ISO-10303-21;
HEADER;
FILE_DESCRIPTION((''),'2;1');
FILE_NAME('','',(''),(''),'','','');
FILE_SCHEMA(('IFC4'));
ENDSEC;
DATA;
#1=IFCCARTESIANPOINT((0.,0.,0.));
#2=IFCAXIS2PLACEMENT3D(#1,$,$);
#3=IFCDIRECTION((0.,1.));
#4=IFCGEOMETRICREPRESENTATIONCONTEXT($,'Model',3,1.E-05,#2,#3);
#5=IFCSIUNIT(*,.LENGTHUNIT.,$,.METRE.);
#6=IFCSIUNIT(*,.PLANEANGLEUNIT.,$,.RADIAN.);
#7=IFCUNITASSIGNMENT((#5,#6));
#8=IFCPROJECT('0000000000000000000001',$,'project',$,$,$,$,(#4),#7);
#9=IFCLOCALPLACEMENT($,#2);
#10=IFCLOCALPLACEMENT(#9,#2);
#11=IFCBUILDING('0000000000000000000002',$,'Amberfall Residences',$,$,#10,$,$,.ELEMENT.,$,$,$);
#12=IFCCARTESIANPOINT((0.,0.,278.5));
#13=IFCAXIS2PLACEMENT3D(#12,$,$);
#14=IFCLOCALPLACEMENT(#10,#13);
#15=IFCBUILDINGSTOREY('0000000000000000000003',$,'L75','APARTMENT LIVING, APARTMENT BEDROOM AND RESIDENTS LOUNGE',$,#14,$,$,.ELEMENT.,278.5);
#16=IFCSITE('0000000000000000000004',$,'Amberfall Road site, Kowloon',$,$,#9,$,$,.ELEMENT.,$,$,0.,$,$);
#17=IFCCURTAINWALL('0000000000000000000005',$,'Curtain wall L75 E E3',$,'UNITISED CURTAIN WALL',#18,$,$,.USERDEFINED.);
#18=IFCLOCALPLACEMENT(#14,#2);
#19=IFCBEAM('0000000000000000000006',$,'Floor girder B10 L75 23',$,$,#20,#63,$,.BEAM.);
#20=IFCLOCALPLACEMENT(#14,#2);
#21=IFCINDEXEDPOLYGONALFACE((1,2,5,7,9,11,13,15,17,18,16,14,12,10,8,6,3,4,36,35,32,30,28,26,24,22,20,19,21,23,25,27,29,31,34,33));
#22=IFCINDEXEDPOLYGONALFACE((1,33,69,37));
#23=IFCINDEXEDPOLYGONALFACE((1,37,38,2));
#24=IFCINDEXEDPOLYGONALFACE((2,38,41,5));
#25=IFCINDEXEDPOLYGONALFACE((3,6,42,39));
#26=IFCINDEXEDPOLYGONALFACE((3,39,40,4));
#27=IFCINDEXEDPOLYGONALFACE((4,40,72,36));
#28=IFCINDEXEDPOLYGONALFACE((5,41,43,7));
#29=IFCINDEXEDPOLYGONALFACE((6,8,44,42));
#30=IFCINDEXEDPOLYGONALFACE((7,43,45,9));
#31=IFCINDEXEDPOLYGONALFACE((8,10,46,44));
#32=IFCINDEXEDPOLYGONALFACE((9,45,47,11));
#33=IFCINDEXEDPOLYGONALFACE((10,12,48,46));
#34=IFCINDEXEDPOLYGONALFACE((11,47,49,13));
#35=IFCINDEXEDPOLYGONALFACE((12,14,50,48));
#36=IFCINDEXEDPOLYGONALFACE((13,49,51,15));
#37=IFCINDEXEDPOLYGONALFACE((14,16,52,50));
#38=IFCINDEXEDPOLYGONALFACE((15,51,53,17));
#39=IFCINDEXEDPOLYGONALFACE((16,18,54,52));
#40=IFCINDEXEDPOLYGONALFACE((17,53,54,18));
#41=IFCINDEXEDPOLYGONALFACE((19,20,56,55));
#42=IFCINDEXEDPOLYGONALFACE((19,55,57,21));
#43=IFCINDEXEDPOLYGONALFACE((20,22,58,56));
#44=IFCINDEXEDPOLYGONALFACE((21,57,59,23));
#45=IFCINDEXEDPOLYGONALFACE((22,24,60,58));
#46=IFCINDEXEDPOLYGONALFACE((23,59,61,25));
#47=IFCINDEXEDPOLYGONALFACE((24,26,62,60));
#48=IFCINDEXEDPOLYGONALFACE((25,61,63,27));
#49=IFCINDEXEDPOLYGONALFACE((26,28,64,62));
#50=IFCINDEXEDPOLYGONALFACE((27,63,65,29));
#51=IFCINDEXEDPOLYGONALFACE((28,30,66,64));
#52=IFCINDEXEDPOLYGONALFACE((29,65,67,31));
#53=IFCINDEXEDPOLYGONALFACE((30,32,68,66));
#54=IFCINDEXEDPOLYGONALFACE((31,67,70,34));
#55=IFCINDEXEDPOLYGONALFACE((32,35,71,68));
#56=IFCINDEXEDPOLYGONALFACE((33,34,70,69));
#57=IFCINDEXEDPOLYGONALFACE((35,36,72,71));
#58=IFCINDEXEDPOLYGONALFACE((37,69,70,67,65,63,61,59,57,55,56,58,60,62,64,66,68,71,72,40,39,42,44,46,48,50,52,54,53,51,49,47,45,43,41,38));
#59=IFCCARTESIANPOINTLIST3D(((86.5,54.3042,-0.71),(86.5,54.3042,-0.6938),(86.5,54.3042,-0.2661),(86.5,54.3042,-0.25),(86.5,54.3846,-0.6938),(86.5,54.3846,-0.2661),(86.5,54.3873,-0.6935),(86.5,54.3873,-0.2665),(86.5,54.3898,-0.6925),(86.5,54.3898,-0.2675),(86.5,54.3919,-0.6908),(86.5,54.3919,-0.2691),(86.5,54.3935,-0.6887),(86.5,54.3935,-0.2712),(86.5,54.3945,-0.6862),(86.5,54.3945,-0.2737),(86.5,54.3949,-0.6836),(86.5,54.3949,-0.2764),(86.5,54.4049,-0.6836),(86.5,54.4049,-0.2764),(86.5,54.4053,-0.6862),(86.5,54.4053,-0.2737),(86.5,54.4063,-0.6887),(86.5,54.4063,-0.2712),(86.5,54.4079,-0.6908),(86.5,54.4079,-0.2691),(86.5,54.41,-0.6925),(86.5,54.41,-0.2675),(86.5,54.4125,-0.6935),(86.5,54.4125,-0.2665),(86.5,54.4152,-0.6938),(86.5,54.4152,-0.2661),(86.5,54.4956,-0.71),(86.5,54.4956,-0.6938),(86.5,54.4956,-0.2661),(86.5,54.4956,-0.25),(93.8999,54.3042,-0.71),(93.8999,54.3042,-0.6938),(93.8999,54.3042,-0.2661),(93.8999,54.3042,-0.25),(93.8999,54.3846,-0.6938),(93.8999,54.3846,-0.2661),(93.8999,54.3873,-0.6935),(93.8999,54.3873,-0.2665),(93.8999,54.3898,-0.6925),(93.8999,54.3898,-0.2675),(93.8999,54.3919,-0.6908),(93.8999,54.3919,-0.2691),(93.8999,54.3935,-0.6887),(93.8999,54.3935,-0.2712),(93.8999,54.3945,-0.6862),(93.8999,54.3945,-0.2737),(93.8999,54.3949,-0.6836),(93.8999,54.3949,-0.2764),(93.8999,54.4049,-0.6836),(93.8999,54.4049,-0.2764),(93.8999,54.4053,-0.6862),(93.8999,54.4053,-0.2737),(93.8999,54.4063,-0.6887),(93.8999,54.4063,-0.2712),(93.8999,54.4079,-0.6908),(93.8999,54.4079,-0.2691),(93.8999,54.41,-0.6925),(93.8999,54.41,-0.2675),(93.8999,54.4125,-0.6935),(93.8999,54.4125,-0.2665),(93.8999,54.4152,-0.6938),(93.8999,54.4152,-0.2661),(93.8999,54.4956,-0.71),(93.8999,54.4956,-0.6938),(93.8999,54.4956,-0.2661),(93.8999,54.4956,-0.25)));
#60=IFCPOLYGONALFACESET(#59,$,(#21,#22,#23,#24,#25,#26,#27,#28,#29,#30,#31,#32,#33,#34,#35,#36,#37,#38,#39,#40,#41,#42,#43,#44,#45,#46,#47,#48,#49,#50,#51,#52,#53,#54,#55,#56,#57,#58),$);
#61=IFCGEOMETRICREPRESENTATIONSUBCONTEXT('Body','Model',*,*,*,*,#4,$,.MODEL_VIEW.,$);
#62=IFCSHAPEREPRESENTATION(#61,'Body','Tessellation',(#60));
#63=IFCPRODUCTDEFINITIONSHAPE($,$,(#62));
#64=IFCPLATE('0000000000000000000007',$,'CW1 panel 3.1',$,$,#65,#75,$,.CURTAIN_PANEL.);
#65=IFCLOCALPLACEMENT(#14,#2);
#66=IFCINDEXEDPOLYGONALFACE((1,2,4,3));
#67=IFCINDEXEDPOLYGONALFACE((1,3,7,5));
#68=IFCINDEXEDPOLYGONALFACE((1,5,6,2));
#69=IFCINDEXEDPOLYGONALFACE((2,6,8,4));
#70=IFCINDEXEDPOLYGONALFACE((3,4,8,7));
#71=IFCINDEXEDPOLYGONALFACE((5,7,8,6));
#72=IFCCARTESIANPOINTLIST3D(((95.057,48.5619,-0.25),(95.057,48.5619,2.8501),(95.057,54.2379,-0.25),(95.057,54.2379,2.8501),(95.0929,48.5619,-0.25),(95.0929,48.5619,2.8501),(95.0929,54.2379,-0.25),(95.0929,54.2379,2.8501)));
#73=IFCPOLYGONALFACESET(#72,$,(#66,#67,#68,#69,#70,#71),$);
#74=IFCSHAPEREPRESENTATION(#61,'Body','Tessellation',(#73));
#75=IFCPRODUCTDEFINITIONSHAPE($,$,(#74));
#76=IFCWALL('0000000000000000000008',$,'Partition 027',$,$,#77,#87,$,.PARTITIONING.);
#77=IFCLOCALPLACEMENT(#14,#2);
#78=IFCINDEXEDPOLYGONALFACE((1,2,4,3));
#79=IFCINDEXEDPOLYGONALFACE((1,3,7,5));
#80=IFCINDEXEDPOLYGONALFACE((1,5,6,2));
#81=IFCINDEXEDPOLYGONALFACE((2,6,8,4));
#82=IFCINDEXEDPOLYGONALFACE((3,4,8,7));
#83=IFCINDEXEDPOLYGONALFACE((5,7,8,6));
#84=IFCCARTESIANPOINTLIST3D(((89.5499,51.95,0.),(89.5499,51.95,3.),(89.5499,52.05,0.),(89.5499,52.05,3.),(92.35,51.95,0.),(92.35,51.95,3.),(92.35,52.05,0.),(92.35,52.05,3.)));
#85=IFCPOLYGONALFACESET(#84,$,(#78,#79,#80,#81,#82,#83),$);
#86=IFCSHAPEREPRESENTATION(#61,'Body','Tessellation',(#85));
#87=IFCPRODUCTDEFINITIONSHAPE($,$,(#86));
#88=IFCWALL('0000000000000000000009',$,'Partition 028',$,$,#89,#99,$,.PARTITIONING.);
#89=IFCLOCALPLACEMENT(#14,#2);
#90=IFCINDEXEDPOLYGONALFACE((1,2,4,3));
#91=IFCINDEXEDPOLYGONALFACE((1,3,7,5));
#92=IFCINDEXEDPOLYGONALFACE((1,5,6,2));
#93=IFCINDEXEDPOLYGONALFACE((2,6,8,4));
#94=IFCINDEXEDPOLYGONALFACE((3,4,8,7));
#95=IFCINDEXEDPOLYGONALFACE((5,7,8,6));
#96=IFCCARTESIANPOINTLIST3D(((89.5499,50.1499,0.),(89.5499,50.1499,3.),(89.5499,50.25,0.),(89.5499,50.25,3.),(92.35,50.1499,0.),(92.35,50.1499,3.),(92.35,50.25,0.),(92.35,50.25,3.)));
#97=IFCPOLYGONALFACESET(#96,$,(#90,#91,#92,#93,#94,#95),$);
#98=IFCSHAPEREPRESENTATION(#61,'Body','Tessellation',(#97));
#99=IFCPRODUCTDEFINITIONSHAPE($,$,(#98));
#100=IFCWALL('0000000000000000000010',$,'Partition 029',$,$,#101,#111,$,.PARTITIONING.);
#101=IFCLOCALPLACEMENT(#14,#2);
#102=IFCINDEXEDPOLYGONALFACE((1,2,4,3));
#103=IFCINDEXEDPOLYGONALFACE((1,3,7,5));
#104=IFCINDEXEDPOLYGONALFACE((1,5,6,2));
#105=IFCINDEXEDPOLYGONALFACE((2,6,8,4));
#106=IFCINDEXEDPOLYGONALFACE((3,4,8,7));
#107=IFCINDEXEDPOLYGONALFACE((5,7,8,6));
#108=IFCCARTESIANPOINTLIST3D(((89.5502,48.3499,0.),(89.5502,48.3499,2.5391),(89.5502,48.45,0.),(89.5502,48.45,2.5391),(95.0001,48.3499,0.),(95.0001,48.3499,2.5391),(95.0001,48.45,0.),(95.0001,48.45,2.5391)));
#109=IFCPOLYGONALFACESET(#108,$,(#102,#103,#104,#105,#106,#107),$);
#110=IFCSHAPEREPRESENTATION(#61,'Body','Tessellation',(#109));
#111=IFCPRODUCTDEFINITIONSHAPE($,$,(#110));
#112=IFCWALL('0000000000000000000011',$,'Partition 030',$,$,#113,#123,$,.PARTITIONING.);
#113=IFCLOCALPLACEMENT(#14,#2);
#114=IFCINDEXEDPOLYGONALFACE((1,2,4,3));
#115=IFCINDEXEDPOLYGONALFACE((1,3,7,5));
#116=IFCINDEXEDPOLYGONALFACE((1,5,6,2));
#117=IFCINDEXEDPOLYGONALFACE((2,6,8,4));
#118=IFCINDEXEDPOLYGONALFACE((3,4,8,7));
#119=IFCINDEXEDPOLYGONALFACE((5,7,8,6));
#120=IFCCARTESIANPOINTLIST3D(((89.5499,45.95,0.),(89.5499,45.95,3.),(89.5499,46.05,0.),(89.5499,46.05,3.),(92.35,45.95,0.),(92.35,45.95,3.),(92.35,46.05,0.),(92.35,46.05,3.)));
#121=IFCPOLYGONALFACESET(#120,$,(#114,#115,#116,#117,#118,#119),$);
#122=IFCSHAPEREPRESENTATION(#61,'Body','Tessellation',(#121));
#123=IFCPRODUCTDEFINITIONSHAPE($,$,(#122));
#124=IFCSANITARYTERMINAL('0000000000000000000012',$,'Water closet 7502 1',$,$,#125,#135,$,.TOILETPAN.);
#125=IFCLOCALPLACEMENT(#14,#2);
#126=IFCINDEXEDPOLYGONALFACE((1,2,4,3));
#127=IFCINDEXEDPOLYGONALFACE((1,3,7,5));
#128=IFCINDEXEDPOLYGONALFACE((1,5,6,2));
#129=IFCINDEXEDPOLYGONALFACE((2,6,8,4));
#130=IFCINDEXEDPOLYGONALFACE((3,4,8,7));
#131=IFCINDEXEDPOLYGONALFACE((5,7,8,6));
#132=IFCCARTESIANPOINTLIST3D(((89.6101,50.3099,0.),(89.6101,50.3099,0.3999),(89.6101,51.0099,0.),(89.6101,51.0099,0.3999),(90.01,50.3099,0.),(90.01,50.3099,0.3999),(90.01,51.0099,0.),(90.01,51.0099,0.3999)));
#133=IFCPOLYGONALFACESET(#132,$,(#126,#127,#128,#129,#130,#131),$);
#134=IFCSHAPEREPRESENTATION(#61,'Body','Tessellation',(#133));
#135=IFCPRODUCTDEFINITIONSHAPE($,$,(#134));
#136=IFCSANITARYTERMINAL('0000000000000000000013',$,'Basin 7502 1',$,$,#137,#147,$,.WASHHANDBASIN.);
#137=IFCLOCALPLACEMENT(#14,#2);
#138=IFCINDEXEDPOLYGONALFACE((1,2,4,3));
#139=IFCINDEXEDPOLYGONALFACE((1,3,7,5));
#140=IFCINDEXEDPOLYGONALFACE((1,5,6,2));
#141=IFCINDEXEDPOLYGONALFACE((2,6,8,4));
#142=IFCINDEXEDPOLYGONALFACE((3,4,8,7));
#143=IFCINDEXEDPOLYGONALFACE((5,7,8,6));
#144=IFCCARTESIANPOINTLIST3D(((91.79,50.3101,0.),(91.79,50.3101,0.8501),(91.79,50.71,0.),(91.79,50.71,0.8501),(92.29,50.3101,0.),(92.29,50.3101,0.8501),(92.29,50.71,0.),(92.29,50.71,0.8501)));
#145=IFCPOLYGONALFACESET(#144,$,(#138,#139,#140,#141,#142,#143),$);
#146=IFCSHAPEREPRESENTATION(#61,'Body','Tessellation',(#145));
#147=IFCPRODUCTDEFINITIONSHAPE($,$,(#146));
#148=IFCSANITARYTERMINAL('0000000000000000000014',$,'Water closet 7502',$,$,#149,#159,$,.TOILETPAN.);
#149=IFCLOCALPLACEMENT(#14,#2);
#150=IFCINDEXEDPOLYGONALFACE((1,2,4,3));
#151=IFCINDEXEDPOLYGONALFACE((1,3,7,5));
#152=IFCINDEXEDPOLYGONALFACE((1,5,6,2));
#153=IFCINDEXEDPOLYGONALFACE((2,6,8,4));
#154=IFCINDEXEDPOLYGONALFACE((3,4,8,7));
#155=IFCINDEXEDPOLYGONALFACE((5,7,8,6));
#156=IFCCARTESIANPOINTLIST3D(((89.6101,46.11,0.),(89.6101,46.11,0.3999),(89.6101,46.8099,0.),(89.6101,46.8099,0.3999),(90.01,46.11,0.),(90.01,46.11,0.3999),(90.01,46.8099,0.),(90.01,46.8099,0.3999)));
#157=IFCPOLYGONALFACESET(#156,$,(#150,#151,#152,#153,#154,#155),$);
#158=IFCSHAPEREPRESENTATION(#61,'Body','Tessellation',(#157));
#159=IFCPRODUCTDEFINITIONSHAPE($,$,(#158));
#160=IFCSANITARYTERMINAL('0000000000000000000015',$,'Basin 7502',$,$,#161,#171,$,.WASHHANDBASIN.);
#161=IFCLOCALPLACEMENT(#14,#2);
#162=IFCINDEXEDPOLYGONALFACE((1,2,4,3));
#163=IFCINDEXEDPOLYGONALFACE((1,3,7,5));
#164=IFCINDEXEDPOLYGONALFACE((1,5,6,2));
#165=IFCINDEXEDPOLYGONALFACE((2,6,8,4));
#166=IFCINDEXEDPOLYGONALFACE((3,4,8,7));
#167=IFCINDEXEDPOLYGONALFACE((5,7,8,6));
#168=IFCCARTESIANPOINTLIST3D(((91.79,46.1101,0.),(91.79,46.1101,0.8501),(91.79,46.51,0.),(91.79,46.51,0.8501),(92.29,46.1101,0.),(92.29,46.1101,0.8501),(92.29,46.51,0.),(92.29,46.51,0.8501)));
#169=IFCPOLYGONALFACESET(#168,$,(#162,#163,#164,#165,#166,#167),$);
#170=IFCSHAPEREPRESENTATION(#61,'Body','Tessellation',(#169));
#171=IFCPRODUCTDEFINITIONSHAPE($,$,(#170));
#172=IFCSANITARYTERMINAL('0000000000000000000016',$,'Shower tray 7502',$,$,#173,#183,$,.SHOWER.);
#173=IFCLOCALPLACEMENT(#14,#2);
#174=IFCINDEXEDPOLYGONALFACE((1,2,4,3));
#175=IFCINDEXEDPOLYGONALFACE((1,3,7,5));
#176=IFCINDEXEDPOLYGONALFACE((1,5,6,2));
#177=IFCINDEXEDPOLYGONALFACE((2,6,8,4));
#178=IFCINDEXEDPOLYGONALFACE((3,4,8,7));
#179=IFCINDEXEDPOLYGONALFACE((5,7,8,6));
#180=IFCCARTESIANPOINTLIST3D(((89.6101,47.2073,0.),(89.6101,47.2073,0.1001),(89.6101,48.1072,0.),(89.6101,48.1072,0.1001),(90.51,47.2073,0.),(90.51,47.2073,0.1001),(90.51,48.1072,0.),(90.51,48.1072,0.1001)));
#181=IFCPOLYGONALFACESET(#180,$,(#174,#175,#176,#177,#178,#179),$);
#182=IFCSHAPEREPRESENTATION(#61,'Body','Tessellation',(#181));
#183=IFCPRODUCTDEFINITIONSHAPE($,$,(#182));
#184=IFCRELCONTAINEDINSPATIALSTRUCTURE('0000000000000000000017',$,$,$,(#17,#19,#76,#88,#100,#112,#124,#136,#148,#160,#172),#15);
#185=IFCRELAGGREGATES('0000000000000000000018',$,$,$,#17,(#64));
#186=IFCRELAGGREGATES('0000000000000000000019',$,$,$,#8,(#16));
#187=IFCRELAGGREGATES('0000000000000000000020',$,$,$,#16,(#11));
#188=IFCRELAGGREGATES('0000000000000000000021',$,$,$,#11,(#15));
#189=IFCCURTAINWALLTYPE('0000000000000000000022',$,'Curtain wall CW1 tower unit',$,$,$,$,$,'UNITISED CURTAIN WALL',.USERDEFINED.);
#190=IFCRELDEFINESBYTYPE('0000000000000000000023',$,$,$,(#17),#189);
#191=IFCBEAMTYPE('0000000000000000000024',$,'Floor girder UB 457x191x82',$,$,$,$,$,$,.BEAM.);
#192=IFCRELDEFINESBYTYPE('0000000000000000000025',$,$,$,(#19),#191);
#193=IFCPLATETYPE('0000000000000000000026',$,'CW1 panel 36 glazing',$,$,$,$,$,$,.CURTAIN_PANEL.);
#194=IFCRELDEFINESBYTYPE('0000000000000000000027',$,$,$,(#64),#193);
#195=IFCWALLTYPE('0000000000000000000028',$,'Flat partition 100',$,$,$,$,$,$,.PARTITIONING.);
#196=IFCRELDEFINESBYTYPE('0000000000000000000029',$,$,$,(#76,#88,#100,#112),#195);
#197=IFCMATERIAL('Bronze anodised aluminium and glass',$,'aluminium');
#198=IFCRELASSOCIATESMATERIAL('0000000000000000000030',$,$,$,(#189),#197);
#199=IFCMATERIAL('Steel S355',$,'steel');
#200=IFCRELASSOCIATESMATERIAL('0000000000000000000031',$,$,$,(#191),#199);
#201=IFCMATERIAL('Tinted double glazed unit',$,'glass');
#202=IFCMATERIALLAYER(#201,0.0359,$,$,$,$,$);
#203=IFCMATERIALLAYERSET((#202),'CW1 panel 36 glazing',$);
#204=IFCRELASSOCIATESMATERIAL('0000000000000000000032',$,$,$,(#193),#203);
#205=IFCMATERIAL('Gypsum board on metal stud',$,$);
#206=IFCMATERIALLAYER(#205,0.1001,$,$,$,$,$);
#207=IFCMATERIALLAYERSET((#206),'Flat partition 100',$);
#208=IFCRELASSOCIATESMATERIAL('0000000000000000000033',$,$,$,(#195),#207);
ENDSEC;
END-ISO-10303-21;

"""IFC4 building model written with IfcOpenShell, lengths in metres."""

from ifc_helpers import new_model, si_unit, direction, frame, frame_2d, origin, origin_2d, place, context, subcontext, project, spatial, rectangle, i_section, extrude, material, layer, layer_set, material_profile, profile_set, type_object, element, aggregate, save


model = new_model("IFC4")

# Units and contexts
model_context = context("Model", 3, precision=1e-05, world=origin(), true_north=direction((0.0, 1.0)))
body_context = subcontext(model_context, "Body", "Model", "MODEL_VIEW")
ifc_project = project(units=[si_unit("LENGTHUNIT", "METRE"), si_unit("PLANEANGLEUNIT", "RADIAN")], contexts=[model_context])

# Site, building, storey
site_placement = place(None, origin())
site = spatial("IfcSite", under=ifc_project, at=site_placement, Name="Amberfall Road site, Kowloon", CompositionType="ELEMENT", RefElevation=0.0)
building_placement = place(site_placement, origin())
building = spatial("IfcBuilding", under=site, at=building_placement, Name="Amberfall Residences", CompositionType="ELEMENT")
storey_placement = place(building_placement, frame((0.0, 0.0, 278.5)))
storey = spatial("IfcBuildingStorey", under=building, at=storey_placement, Name="L75", Description="APARTMENT LIVING, APARTMENT BEDROOM AND RESIDENTS LOUNGE", CompositionType="ELEMENT", Elevation=278.5)

# Curtain wall
ifc_material_1 = material(Name="Bronze anodised aluminium and glass", Category="aluminium")
curtain_wall_type = type_object("IfcCurtainWallType", Name="Curtain wall CW1 tower unit", ElementType="UNITISED CURTAIN WALL", PredefinedType="USERDEFINED", material=ifc_material_1)
curtain_wall_placement = place(storey_placement, origin())
curtain_wall = element("IfcCurtainWall", 1, at=curtain_wall_placement, inside=storey, type_object=curtain_wall_type, Name="Curtain wall L75 E E3", ObjectType="UNITISED CURTAIN WALL", PredefinedType="USERDEFINED")

# Shared definitions
ifc_material_2 = material(Name="Steel S355", Category="steel")

# Beam
ifc_material_profile_1 = material_profile(ifc_material_2, i_section(OverallWidth=0.1914, OverallDepth=0.46, WebThickness=0.01, FlangeThickness=0.0161, FilletRadius=0.0103, at=origin_2d()), Name="UB 457x191x82")
ifc_profile_set_1 = profile_set([ifc_material_profile_1], Name="Steel S355")
beam_type_1 = type_object("IfcBeamType", Name="Floor girder UB 457x191x82", PredefinedType="BEAM", material=ifc_profile_set_1)
for number, where, z_axis, x_axis, name in (
    (2, (93.8999, 54.3999, -0.48), (-1.0, 0.0, 0.0), (0.0, -1.0, 0.0), "Floor girder B10 L75 23"),
):
    element("IfcBeam", number, at=place(storey_placement, frame(where, z_axis=z_axis, x_axis=x_axis)), inside=storey, type_object=beam_type_1, Name=name, PredefinedType="BEAM", context=body_context, shape_type="SweptSolid", body=[
        extrude(i_section(OverallWidth=0.1914, OverallDepth=0.46, WebThickness=0.01, FlangeThickness=0.0161, FilletRadius=0.0103, at=origin_2d()), origin(), (0.0, 0.0, 1.0), 7.3999),
    ])

# Plate
ifc_material_3 = material(Name="Tinted double glazed unit", Category="glass")
ifc_layer_1 = layer(ifc_material_3, 0.0359)
ifc_layer_set_1 = layer_set([ifc_layer_1], Name="CW1 panel 36 glazing")
plate_type = type_object("IfcPlateType", Name="CW1 panel 36 glazing", PredefinedType="CURTAIN_PANEL", material=ifc_layer_set_1)
plate_placement = place(storey_placement, frame((95.075, 51.3999, -0.25), z_axis=(0.0, 0.0, 1.0), x_axis=(0.0, 1.0, 0.0)))
plate = element("IfcPlate", 3, at=plate_placement, type_object=plate_type, Name="CW1 panel 3.1", PredefinedType="CURTAIN_PANEL", context=body_context, shape_type="SweptSolid", body=[
    extrude(rectangle(XDim=5.676, YDim=0.0359, at=origin_2d()), origin(), (0.0, 0.0, 1.0), 3.1001),
])
aggregate(curtain_wall, [plate])

# Walls
ifc_material_4 = material(Name="Gypsum board on metal stud")
ifc_layer_2 = layer(ifc_material_4, 0.1001)
ifc_layer_set_2 = layer_set([ifc_layer_2], Name="Flat partition 100")
wall_type = type_object("IfcWallType", Name="Flat partition 100", PredefinedType="PARTITIONING", material=ifc_layer_set_2)
for number, where, z_axis, x_axis, name in (
    (4, (89.55, 52.0, 0.0), (0.0, 0.0, 1.0), (1.0, 0.0, 0.0), "Partition 027"),
    (5, (89.55, 50.2, 0.0), (0.0, 0.0, 1.0), (1.0, 0.0, 0.0), "Partition 028"),
):
    element("IfcWall", number, at=place(storey_placement, frame(where, z_axis=z_axis, x_axis=x_axis)), inside=storey, type_object=wall_type, Name=name, PredefinedType="PARTITIONING", context=body_context, shape_type="SweptSolid", body=[
        extrude(rectangle(XDim=2.8, YDim=0.1001, at=frame_2d((1.3999, 0.0))), origin(), (0.0, 0.0, 1.0), 3.0),
    ])
wall_1_placement = place(storey_placement, frame((89.55, 48.3999, 0.0), z_axis=(0.0, 0.0, 1.0), x_axis=(1.0, 0.0, 0.0)))
element("IfcWall", 6, at=wall_1_placement, inside=storey, type_object=wall_type, Name="Partition 029", PredefinedType="PARTITIONING", context=body_context, shape_type="SweptSolid", body=[
    extrude(rectangle(XDim=5.45, YDim=0.1001, at=frame_2d((2.7251, 0.0))), origin(), (0.0, 0.0, 1.0), 2.5391),
])
wall_2_placement = place(storey_placement, frame((89.55, 46.0, 0.0), z_axis=(0.0, 0.0, 1.0), x_axis=(1.0, 0.0, 0.0)))
element("IfcWall", 7, at=wall_2_placement, inside=storey, type_object=wall_type, Name="Partition 030", PredefinedType="PARTITIONING", context=body_context, shape_type="SweptSolid", body=[
    extrude(rectangle(XDim=2.8, YDim=0.1001, at=frame_2d((1.3999, 0.0))), origin(), (0.0, 0.0, 1.0), 3.0),
])

# Sanitary terminals
sanitary_terminal_1_placement = place(storey_placement, frame((89.8101, 50.6599, 0.0), z_axis=(0.0, 0.0, 1.0), x_axis=(1.0, 0.0, 0.0)))
element("IfcSanitaryTerminal", 8, at=sanitary_terminal_1_placement, inside=storey, Name="Water closet 7502 1", PredefinedType="TOILETPAN", context=body_context, shape_type="SweptSolid", body=[
    extrude(rectangle(XDim=0.3999, YDim=0.7, at=origin_2d()), origin(), (0.0, 0.0, 1.0), 0.3999),
])
sanitary_terminal_2_placement = place(storey_placement, frame((92.04, 50.51, 0.0), z_axis=(0.0, 0.0, 1.0), x_axis=(1.0, 0.0, 0.0)))
element("IfcSanitaryTerminal", 9, at=sanitary_terminal_2_placement, inside=storey, Name="Basin 7502 1", PredefinedType="WASHHANDBASIN", context=body_context, shape_type="SweptSolid", body=[
    extrude(rectangle(XDim=0.5, YDim=0.3999, at=origin_2d()), origin(), (0.0, 0.0, 1.0), 0.8501),
])
sanitary_terminal_3_placement = place(storey_placement, frame((89.8101, 46.46, 0.0), z_axis=(0.0, 0.0, 1.0), x_axis=(1.0, 0.0, 0.0)))
element("IfcSanitaryTerminal", 10, at=sanitary_terminal_3_placement, inside=storey, Name="Water closet 7502", PredefinedType="TOILETPAN", context=body_context, shape_type="SweptSolid", body=[
    extrude(rectangle(XDim=0.3999, YDim=0.7, at=origin_2d()), origin(), (0.0, 0.0, 1.0), 0.3999),
])
sanitary_terminal_4_placement = place(storey_placement, frame((92.04, 46.3101, 0.0), z_axis=(0.0, 0.0, 1.0), x_axis=(1.0, 0.0, 0.0)))
element("IfcSanitaryTerminal", 11, at=sanitary_terminal_4_placement, inside=storey, Name="Basin 7502", PredefinedType="WASHHANDBASIN", context=body_context, shape_type="SweptSolid", body=[
    extrude(rectangle(XDim=0.5, YDim=0.3999, at=origin_2d()), origin(), (0.0, 0.0, 1.0), 0.8501),
])
sanitary_terminal_5_placement = place(storey_placement, frame((90.0601, 47.6572, 0.0), z_axis=(0.0, 0.0, 1.0), x_axis=(1.0, 0.0, 0.0)))
element("IfcSanitaryTerminal", 12, at=sanitary_terminal_5_placement, inside=storey, Name="Shower tray 7502", PredefinedType="SHOWER", context=body_context, shape_type="SweptSolid", body=[
    extrude(rectangle(XDim=0.8999, YDim=0.8999, at=origin_2d()), origin(), (0.0, 0.0, 1.0), 0.1001),
])

save(model, "model.ifc")
